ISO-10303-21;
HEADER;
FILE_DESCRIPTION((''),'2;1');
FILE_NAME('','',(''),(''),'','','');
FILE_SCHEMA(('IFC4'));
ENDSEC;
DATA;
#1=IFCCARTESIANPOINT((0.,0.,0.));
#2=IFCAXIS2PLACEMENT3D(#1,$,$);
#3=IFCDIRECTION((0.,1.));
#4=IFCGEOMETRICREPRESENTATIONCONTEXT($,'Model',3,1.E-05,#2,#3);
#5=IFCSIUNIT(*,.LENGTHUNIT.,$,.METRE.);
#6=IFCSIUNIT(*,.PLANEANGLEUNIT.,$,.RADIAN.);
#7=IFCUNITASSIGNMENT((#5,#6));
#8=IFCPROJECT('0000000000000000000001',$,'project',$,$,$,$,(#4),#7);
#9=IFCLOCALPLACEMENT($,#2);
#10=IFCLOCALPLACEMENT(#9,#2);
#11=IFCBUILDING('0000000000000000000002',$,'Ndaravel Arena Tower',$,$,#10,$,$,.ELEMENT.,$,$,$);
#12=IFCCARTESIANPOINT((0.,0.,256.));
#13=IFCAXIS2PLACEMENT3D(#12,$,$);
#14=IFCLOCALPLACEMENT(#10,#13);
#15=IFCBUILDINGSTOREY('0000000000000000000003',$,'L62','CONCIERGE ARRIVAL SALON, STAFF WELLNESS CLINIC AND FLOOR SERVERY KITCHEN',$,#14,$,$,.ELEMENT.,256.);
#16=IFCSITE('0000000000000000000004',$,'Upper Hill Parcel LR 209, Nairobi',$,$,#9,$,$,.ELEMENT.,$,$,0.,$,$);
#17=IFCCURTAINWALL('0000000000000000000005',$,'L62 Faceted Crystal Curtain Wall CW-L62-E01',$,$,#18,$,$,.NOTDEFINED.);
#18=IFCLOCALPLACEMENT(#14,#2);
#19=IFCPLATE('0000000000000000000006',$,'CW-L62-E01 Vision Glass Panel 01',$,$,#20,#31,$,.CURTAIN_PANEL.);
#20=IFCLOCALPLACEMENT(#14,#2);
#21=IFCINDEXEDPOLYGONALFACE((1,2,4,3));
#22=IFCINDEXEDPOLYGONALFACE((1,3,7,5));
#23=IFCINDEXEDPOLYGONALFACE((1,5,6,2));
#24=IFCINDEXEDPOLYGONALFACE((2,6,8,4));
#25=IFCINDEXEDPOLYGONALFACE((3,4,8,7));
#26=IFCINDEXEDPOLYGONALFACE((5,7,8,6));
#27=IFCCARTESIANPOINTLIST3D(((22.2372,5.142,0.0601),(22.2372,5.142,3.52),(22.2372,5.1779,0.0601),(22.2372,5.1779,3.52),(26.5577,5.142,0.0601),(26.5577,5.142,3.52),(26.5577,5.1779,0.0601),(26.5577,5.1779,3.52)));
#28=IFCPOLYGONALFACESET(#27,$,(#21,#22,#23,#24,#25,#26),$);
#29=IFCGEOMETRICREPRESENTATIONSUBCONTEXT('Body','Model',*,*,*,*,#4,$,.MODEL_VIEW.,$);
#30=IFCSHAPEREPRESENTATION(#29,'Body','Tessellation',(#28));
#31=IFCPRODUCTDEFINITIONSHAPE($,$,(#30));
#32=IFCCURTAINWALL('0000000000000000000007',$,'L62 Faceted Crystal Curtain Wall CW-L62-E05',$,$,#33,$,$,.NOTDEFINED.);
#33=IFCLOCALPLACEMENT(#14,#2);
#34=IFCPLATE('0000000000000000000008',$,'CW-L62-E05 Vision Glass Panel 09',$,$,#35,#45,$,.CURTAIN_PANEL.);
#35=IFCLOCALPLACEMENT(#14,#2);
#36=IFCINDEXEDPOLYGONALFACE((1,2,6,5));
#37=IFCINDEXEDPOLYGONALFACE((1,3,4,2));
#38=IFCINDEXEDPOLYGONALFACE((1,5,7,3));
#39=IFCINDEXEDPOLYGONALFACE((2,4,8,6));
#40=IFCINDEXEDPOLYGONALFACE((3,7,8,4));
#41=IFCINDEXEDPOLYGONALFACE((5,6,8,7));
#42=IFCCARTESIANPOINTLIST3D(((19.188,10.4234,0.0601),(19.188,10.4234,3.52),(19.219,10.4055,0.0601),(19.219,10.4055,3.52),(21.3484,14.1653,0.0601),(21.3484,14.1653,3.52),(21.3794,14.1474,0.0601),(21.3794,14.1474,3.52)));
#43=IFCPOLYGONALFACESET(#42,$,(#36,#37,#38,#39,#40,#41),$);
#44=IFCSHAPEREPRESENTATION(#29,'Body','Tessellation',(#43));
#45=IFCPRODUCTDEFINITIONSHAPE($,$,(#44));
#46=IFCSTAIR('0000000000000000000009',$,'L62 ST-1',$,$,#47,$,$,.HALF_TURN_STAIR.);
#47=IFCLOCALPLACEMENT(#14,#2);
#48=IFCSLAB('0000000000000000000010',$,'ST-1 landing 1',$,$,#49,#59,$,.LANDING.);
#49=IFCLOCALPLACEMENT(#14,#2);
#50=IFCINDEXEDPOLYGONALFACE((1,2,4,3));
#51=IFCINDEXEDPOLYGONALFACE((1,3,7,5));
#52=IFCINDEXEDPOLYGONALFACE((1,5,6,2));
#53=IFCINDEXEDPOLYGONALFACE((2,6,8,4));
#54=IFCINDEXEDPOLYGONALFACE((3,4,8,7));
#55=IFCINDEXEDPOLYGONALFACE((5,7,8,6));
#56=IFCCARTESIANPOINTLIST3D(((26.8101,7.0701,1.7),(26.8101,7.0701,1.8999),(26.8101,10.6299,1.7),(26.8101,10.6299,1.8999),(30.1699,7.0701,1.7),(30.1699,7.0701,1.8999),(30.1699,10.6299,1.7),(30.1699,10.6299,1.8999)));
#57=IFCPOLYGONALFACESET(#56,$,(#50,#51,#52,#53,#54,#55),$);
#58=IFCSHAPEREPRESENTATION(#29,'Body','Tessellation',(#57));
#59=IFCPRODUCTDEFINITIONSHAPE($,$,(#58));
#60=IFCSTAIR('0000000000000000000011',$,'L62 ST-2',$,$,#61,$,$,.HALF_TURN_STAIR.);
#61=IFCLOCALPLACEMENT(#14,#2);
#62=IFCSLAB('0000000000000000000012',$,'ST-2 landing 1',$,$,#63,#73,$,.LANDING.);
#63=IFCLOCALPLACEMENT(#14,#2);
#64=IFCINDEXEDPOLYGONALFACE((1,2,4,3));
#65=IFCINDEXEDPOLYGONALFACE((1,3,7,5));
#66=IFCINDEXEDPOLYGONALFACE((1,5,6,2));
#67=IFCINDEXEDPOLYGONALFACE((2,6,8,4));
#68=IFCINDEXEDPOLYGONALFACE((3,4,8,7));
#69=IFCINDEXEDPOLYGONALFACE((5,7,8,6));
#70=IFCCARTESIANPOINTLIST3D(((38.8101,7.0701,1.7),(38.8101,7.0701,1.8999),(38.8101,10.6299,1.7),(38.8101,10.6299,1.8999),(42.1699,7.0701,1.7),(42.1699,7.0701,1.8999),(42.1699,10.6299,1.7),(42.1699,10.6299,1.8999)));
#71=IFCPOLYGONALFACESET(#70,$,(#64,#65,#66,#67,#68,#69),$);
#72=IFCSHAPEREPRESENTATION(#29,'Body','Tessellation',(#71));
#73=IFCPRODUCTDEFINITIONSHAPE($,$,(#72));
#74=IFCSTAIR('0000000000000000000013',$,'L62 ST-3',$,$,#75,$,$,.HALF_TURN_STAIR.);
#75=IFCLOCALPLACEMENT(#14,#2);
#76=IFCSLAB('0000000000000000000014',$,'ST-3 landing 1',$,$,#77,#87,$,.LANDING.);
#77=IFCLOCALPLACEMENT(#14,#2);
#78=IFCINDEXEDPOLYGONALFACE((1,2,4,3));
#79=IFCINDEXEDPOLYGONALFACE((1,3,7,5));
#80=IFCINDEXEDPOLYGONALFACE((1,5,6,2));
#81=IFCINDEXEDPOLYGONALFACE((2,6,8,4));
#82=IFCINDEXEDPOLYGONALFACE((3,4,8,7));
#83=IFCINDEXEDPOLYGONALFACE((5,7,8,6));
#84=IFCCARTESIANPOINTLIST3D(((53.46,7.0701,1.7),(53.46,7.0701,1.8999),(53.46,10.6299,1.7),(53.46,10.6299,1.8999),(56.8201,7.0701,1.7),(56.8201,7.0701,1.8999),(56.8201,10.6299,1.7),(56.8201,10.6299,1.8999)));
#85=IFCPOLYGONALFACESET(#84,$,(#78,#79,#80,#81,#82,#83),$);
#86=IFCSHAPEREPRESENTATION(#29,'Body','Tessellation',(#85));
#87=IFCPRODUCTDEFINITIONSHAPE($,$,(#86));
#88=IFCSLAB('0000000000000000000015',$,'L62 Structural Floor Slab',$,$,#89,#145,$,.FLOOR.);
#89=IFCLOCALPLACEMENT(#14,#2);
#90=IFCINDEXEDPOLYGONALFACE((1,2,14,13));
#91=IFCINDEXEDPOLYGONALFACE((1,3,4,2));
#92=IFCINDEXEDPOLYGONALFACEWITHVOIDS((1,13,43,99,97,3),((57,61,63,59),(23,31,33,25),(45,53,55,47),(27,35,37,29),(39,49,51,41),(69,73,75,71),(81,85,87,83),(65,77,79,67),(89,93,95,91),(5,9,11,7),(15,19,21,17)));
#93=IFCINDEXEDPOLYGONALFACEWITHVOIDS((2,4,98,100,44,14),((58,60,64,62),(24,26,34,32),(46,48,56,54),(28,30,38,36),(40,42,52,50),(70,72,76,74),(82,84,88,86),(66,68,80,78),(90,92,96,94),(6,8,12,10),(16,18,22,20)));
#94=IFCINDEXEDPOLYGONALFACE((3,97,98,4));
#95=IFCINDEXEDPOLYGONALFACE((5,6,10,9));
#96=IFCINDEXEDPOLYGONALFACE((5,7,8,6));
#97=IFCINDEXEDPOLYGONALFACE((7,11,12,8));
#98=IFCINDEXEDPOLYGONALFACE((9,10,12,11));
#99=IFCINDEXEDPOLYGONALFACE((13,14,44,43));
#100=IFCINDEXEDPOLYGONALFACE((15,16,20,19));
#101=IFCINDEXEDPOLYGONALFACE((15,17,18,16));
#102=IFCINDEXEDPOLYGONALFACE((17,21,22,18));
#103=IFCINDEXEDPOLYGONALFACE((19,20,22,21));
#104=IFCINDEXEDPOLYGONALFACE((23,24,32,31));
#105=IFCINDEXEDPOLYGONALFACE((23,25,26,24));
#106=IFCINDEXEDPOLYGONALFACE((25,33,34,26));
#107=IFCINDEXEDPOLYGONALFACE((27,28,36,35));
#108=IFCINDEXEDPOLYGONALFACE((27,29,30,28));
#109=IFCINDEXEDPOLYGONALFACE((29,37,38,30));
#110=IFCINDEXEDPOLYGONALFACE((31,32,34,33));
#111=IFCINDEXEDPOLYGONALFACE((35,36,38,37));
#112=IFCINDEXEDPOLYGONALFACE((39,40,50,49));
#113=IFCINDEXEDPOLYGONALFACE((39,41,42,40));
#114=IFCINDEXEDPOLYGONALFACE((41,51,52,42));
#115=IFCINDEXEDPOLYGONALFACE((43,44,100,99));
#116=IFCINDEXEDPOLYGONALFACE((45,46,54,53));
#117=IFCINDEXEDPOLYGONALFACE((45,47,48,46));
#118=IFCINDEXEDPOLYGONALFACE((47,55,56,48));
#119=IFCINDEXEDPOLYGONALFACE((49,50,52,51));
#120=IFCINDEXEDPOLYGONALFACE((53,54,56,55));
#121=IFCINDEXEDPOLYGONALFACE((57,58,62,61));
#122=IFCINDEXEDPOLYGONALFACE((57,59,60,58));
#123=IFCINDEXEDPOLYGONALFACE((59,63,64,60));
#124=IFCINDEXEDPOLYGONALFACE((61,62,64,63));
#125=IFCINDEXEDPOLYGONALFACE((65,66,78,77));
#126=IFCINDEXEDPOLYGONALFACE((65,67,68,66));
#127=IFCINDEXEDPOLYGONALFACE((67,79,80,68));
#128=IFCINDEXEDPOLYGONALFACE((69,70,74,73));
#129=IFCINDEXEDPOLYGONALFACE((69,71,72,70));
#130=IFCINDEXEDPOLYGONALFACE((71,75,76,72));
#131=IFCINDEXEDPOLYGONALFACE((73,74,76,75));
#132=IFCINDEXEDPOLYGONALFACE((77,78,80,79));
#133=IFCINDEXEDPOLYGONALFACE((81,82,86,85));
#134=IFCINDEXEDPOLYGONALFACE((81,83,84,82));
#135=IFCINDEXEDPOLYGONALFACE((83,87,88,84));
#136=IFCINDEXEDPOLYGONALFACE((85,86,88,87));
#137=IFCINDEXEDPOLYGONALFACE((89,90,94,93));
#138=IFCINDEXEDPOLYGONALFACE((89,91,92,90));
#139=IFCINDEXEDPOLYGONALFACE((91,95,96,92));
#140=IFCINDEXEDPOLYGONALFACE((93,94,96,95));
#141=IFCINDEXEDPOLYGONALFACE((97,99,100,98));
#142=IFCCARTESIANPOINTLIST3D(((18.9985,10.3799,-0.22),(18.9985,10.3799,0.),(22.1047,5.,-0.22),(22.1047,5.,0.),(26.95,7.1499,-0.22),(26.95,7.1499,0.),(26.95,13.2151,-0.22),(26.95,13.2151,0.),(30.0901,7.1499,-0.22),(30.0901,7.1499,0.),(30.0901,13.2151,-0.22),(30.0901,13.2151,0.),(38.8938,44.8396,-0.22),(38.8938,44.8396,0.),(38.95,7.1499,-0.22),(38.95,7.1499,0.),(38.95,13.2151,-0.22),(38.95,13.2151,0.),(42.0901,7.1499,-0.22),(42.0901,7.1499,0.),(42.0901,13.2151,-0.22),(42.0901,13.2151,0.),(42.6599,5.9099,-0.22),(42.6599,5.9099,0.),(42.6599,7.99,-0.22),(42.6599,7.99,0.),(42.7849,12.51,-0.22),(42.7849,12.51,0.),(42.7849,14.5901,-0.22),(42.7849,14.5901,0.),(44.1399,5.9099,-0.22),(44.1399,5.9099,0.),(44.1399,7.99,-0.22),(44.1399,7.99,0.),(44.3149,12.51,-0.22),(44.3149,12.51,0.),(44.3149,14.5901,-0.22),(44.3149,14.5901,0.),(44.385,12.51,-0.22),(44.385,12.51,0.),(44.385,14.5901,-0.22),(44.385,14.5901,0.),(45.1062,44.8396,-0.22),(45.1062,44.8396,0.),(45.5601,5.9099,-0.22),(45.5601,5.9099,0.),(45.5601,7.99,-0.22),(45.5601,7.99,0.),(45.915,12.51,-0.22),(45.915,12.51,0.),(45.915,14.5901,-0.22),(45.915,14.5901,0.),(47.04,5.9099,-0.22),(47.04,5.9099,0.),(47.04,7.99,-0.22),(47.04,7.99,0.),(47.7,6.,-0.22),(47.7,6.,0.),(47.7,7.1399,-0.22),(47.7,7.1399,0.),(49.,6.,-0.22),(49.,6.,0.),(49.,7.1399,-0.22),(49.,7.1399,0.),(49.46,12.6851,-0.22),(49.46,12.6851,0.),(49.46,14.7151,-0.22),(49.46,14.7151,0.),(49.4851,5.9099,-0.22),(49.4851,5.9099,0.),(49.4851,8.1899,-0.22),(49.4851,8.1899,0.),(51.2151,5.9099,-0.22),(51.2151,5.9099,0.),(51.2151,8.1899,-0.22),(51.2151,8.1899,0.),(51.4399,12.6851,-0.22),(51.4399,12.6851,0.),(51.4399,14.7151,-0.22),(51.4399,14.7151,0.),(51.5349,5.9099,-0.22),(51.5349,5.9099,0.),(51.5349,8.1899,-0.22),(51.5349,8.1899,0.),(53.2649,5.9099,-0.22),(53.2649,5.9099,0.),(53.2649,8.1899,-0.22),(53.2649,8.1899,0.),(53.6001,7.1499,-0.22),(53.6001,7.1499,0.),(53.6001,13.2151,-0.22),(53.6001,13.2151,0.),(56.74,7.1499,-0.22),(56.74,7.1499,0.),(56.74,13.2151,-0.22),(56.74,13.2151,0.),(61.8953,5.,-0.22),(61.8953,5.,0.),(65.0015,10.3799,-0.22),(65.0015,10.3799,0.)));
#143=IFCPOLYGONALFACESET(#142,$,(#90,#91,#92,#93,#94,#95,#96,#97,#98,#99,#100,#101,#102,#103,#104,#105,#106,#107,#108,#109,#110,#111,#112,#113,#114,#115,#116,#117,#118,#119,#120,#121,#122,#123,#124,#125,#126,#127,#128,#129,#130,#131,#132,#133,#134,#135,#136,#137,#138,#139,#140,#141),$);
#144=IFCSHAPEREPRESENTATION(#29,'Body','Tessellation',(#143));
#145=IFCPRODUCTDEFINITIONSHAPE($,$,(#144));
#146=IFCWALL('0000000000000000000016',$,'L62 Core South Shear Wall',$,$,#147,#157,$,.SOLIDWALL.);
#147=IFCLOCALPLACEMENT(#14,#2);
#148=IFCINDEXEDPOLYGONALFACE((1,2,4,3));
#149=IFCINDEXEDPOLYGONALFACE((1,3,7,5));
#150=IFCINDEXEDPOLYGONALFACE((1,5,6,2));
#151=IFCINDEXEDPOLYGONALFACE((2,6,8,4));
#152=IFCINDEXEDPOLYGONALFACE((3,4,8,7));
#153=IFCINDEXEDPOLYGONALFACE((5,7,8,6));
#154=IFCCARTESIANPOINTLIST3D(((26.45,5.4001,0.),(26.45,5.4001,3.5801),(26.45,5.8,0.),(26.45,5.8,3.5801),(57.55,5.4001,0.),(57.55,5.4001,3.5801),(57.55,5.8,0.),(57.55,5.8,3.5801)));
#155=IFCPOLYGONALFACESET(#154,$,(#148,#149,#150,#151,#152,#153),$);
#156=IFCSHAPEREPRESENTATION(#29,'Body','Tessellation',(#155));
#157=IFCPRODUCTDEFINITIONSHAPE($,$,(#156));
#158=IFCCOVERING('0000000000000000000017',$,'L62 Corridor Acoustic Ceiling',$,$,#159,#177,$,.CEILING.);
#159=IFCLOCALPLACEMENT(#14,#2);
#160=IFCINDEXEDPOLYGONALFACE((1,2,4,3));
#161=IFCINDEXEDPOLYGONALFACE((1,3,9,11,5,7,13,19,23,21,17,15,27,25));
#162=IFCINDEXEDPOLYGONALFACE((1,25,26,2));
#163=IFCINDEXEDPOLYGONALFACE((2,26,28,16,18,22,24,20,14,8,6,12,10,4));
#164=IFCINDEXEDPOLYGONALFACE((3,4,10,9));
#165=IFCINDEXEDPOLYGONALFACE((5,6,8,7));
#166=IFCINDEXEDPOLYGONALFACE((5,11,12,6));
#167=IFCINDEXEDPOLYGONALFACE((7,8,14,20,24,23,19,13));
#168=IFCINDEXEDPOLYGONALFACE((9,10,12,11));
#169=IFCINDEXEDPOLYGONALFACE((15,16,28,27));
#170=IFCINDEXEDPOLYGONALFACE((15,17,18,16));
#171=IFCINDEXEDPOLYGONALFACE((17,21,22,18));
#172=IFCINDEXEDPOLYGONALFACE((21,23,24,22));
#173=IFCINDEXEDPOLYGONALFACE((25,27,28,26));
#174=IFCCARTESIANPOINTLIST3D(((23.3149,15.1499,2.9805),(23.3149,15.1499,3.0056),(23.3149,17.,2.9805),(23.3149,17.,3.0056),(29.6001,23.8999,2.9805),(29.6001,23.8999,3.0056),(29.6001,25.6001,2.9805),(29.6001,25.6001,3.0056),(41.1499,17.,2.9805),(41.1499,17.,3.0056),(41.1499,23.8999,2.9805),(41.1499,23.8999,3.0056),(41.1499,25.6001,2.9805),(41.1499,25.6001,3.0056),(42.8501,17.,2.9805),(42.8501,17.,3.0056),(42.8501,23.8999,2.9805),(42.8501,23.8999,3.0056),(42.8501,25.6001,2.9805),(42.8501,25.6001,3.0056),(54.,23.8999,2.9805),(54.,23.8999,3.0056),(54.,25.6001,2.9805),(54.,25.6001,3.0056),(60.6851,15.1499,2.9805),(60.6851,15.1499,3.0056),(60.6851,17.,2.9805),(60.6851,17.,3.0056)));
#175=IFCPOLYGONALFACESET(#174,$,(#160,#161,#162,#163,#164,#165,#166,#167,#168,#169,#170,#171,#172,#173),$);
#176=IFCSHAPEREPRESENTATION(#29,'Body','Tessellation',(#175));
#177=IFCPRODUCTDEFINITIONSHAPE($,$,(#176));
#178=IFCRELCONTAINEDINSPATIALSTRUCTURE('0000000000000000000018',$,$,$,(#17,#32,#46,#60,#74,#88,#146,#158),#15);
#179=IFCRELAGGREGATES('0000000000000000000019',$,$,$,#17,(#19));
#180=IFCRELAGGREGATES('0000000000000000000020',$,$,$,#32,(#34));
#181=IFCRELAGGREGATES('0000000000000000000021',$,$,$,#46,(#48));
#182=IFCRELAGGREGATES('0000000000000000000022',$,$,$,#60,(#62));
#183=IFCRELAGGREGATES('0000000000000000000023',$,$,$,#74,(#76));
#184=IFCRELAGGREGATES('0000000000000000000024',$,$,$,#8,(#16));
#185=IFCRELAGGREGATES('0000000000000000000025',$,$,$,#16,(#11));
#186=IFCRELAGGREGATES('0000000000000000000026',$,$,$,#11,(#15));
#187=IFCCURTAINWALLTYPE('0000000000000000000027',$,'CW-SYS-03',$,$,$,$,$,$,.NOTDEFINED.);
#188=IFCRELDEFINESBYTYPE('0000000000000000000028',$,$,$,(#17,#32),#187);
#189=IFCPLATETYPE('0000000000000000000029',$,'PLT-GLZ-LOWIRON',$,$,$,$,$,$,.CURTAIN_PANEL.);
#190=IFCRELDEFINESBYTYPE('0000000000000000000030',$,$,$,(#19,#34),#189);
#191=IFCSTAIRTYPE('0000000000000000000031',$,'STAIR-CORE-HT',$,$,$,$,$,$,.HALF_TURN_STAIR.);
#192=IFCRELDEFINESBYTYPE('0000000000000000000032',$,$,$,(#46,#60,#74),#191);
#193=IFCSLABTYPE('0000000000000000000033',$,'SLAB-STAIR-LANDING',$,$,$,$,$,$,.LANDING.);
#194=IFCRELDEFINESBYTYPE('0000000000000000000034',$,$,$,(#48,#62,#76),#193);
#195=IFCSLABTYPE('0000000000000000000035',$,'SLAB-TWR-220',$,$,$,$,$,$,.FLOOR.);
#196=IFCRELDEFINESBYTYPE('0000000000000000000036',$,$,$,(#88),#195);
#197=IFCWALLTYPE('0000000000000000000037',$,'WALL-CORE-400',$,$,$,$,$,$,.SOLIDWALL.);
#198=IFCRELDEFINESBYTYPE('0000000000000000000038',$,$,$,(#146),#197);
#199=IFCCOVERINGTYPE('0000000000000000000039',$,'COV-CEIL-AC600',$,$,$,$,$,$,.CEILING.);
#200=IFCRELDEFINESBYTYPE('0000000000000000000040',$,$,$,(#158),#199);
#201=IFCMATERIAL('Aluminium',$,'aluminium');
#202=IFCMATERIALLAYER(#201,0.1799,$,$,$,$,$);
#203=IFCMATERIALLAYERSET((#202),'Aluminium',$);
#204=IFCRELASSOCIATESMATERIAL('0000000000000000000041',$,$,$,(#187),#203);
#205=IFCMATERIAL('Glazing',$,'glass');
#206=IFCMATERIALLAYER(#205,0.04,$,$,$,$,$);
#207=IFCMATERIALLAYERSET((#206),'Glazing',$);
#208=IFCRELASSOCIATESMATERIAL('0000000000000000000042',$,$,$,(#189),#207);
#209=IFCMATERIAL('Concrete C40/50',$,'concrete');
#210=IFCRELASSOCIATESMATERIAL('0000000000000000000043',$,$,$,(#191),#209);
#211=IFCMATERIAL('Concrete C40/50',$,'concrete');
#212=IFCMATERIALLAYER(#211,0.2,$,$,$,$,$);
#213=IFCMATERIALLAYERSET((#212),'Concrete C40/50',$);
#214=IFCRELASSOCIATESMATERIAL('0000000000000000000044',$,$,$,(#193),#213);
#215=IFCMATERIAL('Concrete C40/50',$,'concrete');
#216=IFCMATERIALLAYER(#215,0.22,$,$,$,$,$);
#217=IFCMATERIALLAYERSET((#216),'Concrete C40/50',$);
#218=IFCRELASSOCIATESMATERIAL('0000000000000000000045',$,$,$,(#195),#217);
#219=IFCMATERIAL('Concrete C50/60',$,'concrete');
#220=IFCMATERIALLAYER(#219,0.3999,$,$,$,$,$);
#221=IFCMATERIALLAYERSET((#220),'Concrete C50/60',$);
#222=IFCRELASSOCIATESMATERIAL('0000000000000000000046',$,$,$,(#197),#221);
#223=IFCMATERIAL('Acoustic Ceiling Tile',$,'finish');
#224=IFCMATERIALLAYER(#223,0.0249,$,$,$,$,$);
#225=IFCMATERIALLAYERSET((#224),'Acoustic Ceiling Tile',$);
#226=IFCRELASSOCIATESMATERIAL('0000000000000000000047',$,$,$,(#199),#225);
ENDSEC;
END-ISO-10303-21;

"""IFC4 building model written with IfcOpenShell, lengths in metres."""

from ifc_helpers import new_model, si_unit, direction, frame, frame_2d, origin, origin_2d, place, context, subcontext, project, spatial, polyline, rectangle, outline, extrude, material, layer, layer_set, type_object, element, aggregate, save


model = new_model("IFC4")

# Units and contexts
model_context = context("Model", 3, precision=1e-05, world=origin(), true_north=direction((0.0, 1.0)))
body_context = subcontext(model_context, "Body", "Model", "MODEL_VIEW")
ifc_project = project(units=[si_unit("LENGTHUNIT", "METRE"), si_unit("PLANEANGLEUNIT", "RADIAN")], contexts=[model_context])

# Site, building, storey
site_placement = place(None, origin())
site = spatial("IfcSite", under=ifc_project, at=site_placement, Name="Upper Hill Parcel LR 209, Nairobi", CompositionType="ELEMENT", RefElevation=0.0)
building_placement = place(site_placement, origin())
building = spatial("IfcBuilding", under=site, at=building_placement, Name="Ndaravel Arena Tower", CompositionType="ELEMENT")
storey_placement = place(building_placement, frame((0.0, 0.0, 256.0)))
storey = spatial("IfcBuildingStorey", under=building, at=storey_placement, Name="L62", Description="CONCIERGE ARRIVAL SALON, STAFF WELLNESS CLINIC AND FLOOR SERVERY KITCHEN", CompositionType="ELEMENT", Elevation=256.0)

# Curtain wall
ifc_material_1 = material(Name="Aluminium", Category="aluminium")
ifc_layer_1 = layer(ifc_material_1, 0.1799)
ifc_layer_set_1 = layer_set([ifc_layer_1], Name="Aluminium")
curtain_wall_type_1 = type_object("IfcCurtainWallType", Name="CW-SYS-03", PredefinedType="NOTDEFINED", material=ifc_layer_set_1)
curtain_wall_1_placement = place(storey_placement, origin())
curtain_wall_1 = element("IfcCurtainWall", 1, at=curtain_wall_1_placement, inside=storey, type_object=curtain_wall_type_1, Name="L62 Faceted Crystal Curtain Wall CW-L62-E01", PredefinedType="NOTDEFINED")

# Plate
ifc_material_2 = material(Name="Glazing", Category="glass")
ifc_layer_2 = layer(ifc_material_2, 0.04)
ifc_layer_set_2 = layer_set([ifc_layer_2], Name="Glazing")
plate_type_1 = type_object("IfcPlateType", Name="PLT-GLZ-LOWIRON", PredefinedType="CURTAIN_PANEL", material=ifc_layer_set_2)
plate_1_placement = place(storey_placement, frame((24.3975, 5.1599, 0.0601), z_axis=(0.0, 0.0, 1.0), x_axis=(1.0, 0.0, 0.0)))
plate_1 = element("IfcPlate", 2, at=plate_1_placement, type_object=plate_type_1, Name="CW-L62-E01 Vision Glass Panel 01", PredefinedType="CURTAIN_PANEL", context=body_context, shape_type="SweptSolid", body=[
    extrude(rectangle(XDim=4.3206, YDim=0.0359, at=origin_2d()), origin(), (0.0, 0.0, 1.0), 3.46),
])
aggregate(curtain_wall_1, [plate_1])

# Curtain wall, plate
curtain_wall_2_placement = place(storey_placement, origin())
curtain_wall_2 = element("IfcCurtainWall", 3, at=curtain_wall_2_placement, inside=storey, type_object=curtain_wall_type_1, Name="L62 Faceted Crystal Curtain Wall CW-L62-E05", PredefinedType="NOTDEFINED")
plate_2_placement = place(storey_placement, frame((20.2837, 12.2854, 0.0601), z_axis=(0.0, 0.0, 1.0), x_axis=(-0.5, -0.866025, 0.0)))
plate_2 = element("IfcPlate", 4, at=plate_2_placement, type_object=plate_type_1, Name="CW-L62-E05 Vision Glass Panel 09", PredefinedType="CURTAIN_PANEL", context=body_context, shape_type="SweptSolid", body=[
    extrude(rectangle(XDim=4.3208, YDim=0.0359, at=origin_2d()), origin(), (0.0, 0.0, 1.0), 3.46),
])
aggregate(curtain_wall_2, [plate_2])

# Stairs, slabs
ifc_material_3 = material(Name="Concrete C40/50", Category="concrete")
stair_type = type_object("IfcStairType", Name="STAIR-CORE-HT", PredefinedType="HALF_TURN_STAIR", material=ifc_material_3)
stair_1_placement = place(storey_placement, origin())
stair_1 = element("IfcStair", 5, at=stair_1_placement, inside=storey, type_object=stair_type, Name="L62 ST-1", PredefinedType="HALF_TURN_STAIR")
ifc_material_4 = material(Name="Concrete C40/50", Category="concrete")
ifc_layer_3 = layer(ifc_material_4, 0.2)
ifc_layer_set_3 = layer_set([ifc_layer_3], Name="Concrete C40/50")
slab_type_1 = type_object("IfcSlabType", Name="SLAB-STAIR-LANDING", PredefinedType="LANDING", material=ifc_layer_set_3)
slab_1_placement = place(storey_placement, frame((0.0, 0.0, 1.7)))
slab_1 = element("IfcSlab", 6, at=slab_1_placement, type_object=slab_type_1, Name="ST-1 landing 1", PredefinedType="LANDING", context=body_context, shape_type="SweptSolid", body=[
    extrude(outline(polyline([(26.8101, 10.6299), (26.8101, 7.0701), (30.1699, 7.0701), (30.1699, 10.6299), (26.8101, 10.6299)])), origin(), (0.0, 0.0, 1.0), 0.2),
])
aggregate(stair_1, [slab_1])
stair_2_placement = place(storey_placement, origin())
stair_2 = element("IfcStair", 7, at=stair_2_placement, inside=storey, type_object=stair_type, Name="L62 ST-2", PredefinedType="HALF_TURN_STAIR")
slab_2_placement = place(storey_placement, frame((0.0, 0.0, 1.7)))
slab_2 = element("IfcSlab", 8, at=slab_2_placement, type_object=slab_type_1, Name="ST-2 landing 1", PredefinedType="LANDING", context=body_context, shape_type="SweptSolid", body=[
    extrude(outline(polyline([(38.8101, 10.6299), (38.8101, 7.0701), (42.1699, 7.0701), (42.1699, 10.6299), (38.8101, 10.6299)])), origin(), (0.0, 0.0, 1.0), 0.2),
])
aggregate(stair_2, [slab_2])
stair_3_placement = place(storey_placement, origin())
stair_3 = element("IfcStair", 9, at=stair_3_placement, inside=storey, type_object=stair_type, Name="L62 ST-3", PredefinedType="HALF_TURN_STAIR")
slab_3_placement = place(storey_placement, frame((0.0, 0.0, 1.7)))
slab_3 = element("IfcSlab", 10, at=slab_3_placement, type_object=slab_type_1, Name="ST-3 landing 1", PredefinedType="LANDING", context=body_context, shape_type="SweptSolid", body=[
    extrude(outline(polyline([(53.46, 10.6299), (53.46, 7.0701), (56.8201, 7.0701), (56.8201, 10.6299), (53.46, 10.6299)])), origin(), (0.0, 0.0, 1.0), 0.2),
])
aggregate(stair_3, [slab_3])

# Slab
ifc_material_5 = material(Name="Concrete C40/50", Category="concrete")
ifc_layer_4 = layer(ifc_material_5, 0.22)
ifc_layer_set_4 = layer_set([ifc_layer_4], Name="Concrete C40/50")
slab_type_2 = type_object("IfcSlabType", Name="SLAB-TWR-220", PredefinedType="FLOOR", material=ifc_layer_set_4)
slab_4_placement = place(storey_placement, frame((0.0, 0.0, -0.22)))
element("IfcSlab", 11, at=slab_4_placement, inside=storey, type_object=slab_type_2, Name="L62 Structural Floor Slab", PredefinedType="FLOOR", context=body_context, shape_type="SweptSolid", body=[
    extrude(outline(polyline([(18.9985, 10.3799), (22.1047, 5.0), (61.8953, 5.0), (65.0015, 10.3799), (45.1062, 44.8396), (38.8938, 44.8396), (18.9985, 10.3799)]), holes=[polyline([(26.95, 13.2151), (26.95, 7.1499), (30.0901, 7.1499), (30.0901, 13.2151), (26.95, 13.2151)]), polyline([(38.95, 13.2151), (38.95, 7.1499), (42.0901, 7.1499), (42.0901, 13.2151), (38.95, 13.2151)]), polyline([(53.6001, 13.2151), (53.6001, 7.1499), (56.74, 7.1499), (56.74, 13.2151), (53.6001, 13.2151)]), polyline([(42.6599, 5.9099), (44.1399, 5.9099), (44.1399, 7.99), (42.6599, 7.99), (42.6599, 5.9099)]), polyline([(45.5601, 5.9099), (47.04, 5.9099), (47.04, 7.99), (45.5601, 7.99), (45.5601, 5.9099)]), polyline([(42.7849, 12.51), (44.3149, 12.51), (44.3149, 14.5901), (42.7849, 14.5901), (42.7849, 12.51)]), polyline([(44.385, 12.51), (45.915, 12.51), (45.915, 14.5901), (44.385, 14.5901), (44.385, 12.51)]), polyline([(49.4851, 5.9099), (51.2151, 5.9099), (51.2151, 8.1899), (49.4851, 8.1899), (49.4851, 5.9099)]), polyline([(51.5349, 5.9099), (53.2649, 5.9099), (53.2649, 8.1899), (51.5349, 8.1899), (51.5349, 5.9099)]), polyline([(49.46, 12.6851), (51.4399, 12.6851), (51.4399, 14.7151), (49.46, 14.7151), (49.46, 12.6851)]), polyline([(47.7, 6.0), (49.0, 6.0), (49.0, 7.1399), (47.7, 7.1399), (47.7, 6.0)])]), origin(), (0.0, 0.0, 1.0), 0.22),
])

# Wall
ifc_material_6 = material(Name="Concrete C50/60", Category="concrete")
ifc_layer_5 = layer(ifc_material_6, 0.3999)
ifc_layer_set_5 = layer_set([ifc_layer_5], Name="Concrete C50/60")
wall_type = type_object("IfcWallType", Name="WALL-CORE-400", PredefinedType="SOLIDWALL", material=ifc_layer_set_5)
wall_placement = place(storey_placement, frame((26.45, 5.6001, 0.0), z_axis=(0.0, 0.0, 1.0), x_axis=(1.0, 0.0, 0.0)))
element("IfcWall", 12, at=wall_placement, inside=storey, type_object=wall_type, Name="L62 Core South Shear Wall", PredefinedType="SOLIDWALL", context=body_context, shape_type="SweptSolid", body=[
    extrude(rectangle(XDim=31.1001, YDim=0.3999, at=frame_2d((15.55, 0.0))), origin(), (0.0, 0.0, 1.0), 3.5801),
])

# Covering
ifc_material_7 = material(Name="Acoustic Ceiling Tile", Category="finish")
ifc_layer_6 = layer(ifc_material_7, 0.0249)
ifc_layer_set_6 = layer_set([ifc_layer_6], Name="Acoustic Ceiling Tile")
covering_type_1 = type_object("IfcCoveringType", Name="COV-CEIL-AC600", PredefinedType="CEILING", material=ifc_layer_set_6)
covering_1_placement = place(storey_placement, frame((0.0, 0.0, 2.9805)))
element("IfcCovering", 13, at=covering_1_placement, inside=storey, type_object=covering_type_1, Name="L62 Corridor Acoustic Ceiling", PredefinedType="CEILING", context=body_context, shape_type="SweptSolid", body=[
    extrude(outline(polyline([(60.6851, 17.0), (42.8501, 17.0), (42.8501, 23.8999), (54.0, 23.8999), (54.0, 25.6001), (42.8501, 25.6001), (41.1499, 25.6001), (29.6001, 25.6001), (29.6001, 23.8999), (41.1499, 23.8999), (41.1499, 17.0), (23.3149, 17.0), (23.3149, 15.1499), (60.6851, 15.1499), (60.6851, 17.0)])), origin(), (0.0, 0.0, 1.0), 0.0251),
])

save(model, "model.ifc")
